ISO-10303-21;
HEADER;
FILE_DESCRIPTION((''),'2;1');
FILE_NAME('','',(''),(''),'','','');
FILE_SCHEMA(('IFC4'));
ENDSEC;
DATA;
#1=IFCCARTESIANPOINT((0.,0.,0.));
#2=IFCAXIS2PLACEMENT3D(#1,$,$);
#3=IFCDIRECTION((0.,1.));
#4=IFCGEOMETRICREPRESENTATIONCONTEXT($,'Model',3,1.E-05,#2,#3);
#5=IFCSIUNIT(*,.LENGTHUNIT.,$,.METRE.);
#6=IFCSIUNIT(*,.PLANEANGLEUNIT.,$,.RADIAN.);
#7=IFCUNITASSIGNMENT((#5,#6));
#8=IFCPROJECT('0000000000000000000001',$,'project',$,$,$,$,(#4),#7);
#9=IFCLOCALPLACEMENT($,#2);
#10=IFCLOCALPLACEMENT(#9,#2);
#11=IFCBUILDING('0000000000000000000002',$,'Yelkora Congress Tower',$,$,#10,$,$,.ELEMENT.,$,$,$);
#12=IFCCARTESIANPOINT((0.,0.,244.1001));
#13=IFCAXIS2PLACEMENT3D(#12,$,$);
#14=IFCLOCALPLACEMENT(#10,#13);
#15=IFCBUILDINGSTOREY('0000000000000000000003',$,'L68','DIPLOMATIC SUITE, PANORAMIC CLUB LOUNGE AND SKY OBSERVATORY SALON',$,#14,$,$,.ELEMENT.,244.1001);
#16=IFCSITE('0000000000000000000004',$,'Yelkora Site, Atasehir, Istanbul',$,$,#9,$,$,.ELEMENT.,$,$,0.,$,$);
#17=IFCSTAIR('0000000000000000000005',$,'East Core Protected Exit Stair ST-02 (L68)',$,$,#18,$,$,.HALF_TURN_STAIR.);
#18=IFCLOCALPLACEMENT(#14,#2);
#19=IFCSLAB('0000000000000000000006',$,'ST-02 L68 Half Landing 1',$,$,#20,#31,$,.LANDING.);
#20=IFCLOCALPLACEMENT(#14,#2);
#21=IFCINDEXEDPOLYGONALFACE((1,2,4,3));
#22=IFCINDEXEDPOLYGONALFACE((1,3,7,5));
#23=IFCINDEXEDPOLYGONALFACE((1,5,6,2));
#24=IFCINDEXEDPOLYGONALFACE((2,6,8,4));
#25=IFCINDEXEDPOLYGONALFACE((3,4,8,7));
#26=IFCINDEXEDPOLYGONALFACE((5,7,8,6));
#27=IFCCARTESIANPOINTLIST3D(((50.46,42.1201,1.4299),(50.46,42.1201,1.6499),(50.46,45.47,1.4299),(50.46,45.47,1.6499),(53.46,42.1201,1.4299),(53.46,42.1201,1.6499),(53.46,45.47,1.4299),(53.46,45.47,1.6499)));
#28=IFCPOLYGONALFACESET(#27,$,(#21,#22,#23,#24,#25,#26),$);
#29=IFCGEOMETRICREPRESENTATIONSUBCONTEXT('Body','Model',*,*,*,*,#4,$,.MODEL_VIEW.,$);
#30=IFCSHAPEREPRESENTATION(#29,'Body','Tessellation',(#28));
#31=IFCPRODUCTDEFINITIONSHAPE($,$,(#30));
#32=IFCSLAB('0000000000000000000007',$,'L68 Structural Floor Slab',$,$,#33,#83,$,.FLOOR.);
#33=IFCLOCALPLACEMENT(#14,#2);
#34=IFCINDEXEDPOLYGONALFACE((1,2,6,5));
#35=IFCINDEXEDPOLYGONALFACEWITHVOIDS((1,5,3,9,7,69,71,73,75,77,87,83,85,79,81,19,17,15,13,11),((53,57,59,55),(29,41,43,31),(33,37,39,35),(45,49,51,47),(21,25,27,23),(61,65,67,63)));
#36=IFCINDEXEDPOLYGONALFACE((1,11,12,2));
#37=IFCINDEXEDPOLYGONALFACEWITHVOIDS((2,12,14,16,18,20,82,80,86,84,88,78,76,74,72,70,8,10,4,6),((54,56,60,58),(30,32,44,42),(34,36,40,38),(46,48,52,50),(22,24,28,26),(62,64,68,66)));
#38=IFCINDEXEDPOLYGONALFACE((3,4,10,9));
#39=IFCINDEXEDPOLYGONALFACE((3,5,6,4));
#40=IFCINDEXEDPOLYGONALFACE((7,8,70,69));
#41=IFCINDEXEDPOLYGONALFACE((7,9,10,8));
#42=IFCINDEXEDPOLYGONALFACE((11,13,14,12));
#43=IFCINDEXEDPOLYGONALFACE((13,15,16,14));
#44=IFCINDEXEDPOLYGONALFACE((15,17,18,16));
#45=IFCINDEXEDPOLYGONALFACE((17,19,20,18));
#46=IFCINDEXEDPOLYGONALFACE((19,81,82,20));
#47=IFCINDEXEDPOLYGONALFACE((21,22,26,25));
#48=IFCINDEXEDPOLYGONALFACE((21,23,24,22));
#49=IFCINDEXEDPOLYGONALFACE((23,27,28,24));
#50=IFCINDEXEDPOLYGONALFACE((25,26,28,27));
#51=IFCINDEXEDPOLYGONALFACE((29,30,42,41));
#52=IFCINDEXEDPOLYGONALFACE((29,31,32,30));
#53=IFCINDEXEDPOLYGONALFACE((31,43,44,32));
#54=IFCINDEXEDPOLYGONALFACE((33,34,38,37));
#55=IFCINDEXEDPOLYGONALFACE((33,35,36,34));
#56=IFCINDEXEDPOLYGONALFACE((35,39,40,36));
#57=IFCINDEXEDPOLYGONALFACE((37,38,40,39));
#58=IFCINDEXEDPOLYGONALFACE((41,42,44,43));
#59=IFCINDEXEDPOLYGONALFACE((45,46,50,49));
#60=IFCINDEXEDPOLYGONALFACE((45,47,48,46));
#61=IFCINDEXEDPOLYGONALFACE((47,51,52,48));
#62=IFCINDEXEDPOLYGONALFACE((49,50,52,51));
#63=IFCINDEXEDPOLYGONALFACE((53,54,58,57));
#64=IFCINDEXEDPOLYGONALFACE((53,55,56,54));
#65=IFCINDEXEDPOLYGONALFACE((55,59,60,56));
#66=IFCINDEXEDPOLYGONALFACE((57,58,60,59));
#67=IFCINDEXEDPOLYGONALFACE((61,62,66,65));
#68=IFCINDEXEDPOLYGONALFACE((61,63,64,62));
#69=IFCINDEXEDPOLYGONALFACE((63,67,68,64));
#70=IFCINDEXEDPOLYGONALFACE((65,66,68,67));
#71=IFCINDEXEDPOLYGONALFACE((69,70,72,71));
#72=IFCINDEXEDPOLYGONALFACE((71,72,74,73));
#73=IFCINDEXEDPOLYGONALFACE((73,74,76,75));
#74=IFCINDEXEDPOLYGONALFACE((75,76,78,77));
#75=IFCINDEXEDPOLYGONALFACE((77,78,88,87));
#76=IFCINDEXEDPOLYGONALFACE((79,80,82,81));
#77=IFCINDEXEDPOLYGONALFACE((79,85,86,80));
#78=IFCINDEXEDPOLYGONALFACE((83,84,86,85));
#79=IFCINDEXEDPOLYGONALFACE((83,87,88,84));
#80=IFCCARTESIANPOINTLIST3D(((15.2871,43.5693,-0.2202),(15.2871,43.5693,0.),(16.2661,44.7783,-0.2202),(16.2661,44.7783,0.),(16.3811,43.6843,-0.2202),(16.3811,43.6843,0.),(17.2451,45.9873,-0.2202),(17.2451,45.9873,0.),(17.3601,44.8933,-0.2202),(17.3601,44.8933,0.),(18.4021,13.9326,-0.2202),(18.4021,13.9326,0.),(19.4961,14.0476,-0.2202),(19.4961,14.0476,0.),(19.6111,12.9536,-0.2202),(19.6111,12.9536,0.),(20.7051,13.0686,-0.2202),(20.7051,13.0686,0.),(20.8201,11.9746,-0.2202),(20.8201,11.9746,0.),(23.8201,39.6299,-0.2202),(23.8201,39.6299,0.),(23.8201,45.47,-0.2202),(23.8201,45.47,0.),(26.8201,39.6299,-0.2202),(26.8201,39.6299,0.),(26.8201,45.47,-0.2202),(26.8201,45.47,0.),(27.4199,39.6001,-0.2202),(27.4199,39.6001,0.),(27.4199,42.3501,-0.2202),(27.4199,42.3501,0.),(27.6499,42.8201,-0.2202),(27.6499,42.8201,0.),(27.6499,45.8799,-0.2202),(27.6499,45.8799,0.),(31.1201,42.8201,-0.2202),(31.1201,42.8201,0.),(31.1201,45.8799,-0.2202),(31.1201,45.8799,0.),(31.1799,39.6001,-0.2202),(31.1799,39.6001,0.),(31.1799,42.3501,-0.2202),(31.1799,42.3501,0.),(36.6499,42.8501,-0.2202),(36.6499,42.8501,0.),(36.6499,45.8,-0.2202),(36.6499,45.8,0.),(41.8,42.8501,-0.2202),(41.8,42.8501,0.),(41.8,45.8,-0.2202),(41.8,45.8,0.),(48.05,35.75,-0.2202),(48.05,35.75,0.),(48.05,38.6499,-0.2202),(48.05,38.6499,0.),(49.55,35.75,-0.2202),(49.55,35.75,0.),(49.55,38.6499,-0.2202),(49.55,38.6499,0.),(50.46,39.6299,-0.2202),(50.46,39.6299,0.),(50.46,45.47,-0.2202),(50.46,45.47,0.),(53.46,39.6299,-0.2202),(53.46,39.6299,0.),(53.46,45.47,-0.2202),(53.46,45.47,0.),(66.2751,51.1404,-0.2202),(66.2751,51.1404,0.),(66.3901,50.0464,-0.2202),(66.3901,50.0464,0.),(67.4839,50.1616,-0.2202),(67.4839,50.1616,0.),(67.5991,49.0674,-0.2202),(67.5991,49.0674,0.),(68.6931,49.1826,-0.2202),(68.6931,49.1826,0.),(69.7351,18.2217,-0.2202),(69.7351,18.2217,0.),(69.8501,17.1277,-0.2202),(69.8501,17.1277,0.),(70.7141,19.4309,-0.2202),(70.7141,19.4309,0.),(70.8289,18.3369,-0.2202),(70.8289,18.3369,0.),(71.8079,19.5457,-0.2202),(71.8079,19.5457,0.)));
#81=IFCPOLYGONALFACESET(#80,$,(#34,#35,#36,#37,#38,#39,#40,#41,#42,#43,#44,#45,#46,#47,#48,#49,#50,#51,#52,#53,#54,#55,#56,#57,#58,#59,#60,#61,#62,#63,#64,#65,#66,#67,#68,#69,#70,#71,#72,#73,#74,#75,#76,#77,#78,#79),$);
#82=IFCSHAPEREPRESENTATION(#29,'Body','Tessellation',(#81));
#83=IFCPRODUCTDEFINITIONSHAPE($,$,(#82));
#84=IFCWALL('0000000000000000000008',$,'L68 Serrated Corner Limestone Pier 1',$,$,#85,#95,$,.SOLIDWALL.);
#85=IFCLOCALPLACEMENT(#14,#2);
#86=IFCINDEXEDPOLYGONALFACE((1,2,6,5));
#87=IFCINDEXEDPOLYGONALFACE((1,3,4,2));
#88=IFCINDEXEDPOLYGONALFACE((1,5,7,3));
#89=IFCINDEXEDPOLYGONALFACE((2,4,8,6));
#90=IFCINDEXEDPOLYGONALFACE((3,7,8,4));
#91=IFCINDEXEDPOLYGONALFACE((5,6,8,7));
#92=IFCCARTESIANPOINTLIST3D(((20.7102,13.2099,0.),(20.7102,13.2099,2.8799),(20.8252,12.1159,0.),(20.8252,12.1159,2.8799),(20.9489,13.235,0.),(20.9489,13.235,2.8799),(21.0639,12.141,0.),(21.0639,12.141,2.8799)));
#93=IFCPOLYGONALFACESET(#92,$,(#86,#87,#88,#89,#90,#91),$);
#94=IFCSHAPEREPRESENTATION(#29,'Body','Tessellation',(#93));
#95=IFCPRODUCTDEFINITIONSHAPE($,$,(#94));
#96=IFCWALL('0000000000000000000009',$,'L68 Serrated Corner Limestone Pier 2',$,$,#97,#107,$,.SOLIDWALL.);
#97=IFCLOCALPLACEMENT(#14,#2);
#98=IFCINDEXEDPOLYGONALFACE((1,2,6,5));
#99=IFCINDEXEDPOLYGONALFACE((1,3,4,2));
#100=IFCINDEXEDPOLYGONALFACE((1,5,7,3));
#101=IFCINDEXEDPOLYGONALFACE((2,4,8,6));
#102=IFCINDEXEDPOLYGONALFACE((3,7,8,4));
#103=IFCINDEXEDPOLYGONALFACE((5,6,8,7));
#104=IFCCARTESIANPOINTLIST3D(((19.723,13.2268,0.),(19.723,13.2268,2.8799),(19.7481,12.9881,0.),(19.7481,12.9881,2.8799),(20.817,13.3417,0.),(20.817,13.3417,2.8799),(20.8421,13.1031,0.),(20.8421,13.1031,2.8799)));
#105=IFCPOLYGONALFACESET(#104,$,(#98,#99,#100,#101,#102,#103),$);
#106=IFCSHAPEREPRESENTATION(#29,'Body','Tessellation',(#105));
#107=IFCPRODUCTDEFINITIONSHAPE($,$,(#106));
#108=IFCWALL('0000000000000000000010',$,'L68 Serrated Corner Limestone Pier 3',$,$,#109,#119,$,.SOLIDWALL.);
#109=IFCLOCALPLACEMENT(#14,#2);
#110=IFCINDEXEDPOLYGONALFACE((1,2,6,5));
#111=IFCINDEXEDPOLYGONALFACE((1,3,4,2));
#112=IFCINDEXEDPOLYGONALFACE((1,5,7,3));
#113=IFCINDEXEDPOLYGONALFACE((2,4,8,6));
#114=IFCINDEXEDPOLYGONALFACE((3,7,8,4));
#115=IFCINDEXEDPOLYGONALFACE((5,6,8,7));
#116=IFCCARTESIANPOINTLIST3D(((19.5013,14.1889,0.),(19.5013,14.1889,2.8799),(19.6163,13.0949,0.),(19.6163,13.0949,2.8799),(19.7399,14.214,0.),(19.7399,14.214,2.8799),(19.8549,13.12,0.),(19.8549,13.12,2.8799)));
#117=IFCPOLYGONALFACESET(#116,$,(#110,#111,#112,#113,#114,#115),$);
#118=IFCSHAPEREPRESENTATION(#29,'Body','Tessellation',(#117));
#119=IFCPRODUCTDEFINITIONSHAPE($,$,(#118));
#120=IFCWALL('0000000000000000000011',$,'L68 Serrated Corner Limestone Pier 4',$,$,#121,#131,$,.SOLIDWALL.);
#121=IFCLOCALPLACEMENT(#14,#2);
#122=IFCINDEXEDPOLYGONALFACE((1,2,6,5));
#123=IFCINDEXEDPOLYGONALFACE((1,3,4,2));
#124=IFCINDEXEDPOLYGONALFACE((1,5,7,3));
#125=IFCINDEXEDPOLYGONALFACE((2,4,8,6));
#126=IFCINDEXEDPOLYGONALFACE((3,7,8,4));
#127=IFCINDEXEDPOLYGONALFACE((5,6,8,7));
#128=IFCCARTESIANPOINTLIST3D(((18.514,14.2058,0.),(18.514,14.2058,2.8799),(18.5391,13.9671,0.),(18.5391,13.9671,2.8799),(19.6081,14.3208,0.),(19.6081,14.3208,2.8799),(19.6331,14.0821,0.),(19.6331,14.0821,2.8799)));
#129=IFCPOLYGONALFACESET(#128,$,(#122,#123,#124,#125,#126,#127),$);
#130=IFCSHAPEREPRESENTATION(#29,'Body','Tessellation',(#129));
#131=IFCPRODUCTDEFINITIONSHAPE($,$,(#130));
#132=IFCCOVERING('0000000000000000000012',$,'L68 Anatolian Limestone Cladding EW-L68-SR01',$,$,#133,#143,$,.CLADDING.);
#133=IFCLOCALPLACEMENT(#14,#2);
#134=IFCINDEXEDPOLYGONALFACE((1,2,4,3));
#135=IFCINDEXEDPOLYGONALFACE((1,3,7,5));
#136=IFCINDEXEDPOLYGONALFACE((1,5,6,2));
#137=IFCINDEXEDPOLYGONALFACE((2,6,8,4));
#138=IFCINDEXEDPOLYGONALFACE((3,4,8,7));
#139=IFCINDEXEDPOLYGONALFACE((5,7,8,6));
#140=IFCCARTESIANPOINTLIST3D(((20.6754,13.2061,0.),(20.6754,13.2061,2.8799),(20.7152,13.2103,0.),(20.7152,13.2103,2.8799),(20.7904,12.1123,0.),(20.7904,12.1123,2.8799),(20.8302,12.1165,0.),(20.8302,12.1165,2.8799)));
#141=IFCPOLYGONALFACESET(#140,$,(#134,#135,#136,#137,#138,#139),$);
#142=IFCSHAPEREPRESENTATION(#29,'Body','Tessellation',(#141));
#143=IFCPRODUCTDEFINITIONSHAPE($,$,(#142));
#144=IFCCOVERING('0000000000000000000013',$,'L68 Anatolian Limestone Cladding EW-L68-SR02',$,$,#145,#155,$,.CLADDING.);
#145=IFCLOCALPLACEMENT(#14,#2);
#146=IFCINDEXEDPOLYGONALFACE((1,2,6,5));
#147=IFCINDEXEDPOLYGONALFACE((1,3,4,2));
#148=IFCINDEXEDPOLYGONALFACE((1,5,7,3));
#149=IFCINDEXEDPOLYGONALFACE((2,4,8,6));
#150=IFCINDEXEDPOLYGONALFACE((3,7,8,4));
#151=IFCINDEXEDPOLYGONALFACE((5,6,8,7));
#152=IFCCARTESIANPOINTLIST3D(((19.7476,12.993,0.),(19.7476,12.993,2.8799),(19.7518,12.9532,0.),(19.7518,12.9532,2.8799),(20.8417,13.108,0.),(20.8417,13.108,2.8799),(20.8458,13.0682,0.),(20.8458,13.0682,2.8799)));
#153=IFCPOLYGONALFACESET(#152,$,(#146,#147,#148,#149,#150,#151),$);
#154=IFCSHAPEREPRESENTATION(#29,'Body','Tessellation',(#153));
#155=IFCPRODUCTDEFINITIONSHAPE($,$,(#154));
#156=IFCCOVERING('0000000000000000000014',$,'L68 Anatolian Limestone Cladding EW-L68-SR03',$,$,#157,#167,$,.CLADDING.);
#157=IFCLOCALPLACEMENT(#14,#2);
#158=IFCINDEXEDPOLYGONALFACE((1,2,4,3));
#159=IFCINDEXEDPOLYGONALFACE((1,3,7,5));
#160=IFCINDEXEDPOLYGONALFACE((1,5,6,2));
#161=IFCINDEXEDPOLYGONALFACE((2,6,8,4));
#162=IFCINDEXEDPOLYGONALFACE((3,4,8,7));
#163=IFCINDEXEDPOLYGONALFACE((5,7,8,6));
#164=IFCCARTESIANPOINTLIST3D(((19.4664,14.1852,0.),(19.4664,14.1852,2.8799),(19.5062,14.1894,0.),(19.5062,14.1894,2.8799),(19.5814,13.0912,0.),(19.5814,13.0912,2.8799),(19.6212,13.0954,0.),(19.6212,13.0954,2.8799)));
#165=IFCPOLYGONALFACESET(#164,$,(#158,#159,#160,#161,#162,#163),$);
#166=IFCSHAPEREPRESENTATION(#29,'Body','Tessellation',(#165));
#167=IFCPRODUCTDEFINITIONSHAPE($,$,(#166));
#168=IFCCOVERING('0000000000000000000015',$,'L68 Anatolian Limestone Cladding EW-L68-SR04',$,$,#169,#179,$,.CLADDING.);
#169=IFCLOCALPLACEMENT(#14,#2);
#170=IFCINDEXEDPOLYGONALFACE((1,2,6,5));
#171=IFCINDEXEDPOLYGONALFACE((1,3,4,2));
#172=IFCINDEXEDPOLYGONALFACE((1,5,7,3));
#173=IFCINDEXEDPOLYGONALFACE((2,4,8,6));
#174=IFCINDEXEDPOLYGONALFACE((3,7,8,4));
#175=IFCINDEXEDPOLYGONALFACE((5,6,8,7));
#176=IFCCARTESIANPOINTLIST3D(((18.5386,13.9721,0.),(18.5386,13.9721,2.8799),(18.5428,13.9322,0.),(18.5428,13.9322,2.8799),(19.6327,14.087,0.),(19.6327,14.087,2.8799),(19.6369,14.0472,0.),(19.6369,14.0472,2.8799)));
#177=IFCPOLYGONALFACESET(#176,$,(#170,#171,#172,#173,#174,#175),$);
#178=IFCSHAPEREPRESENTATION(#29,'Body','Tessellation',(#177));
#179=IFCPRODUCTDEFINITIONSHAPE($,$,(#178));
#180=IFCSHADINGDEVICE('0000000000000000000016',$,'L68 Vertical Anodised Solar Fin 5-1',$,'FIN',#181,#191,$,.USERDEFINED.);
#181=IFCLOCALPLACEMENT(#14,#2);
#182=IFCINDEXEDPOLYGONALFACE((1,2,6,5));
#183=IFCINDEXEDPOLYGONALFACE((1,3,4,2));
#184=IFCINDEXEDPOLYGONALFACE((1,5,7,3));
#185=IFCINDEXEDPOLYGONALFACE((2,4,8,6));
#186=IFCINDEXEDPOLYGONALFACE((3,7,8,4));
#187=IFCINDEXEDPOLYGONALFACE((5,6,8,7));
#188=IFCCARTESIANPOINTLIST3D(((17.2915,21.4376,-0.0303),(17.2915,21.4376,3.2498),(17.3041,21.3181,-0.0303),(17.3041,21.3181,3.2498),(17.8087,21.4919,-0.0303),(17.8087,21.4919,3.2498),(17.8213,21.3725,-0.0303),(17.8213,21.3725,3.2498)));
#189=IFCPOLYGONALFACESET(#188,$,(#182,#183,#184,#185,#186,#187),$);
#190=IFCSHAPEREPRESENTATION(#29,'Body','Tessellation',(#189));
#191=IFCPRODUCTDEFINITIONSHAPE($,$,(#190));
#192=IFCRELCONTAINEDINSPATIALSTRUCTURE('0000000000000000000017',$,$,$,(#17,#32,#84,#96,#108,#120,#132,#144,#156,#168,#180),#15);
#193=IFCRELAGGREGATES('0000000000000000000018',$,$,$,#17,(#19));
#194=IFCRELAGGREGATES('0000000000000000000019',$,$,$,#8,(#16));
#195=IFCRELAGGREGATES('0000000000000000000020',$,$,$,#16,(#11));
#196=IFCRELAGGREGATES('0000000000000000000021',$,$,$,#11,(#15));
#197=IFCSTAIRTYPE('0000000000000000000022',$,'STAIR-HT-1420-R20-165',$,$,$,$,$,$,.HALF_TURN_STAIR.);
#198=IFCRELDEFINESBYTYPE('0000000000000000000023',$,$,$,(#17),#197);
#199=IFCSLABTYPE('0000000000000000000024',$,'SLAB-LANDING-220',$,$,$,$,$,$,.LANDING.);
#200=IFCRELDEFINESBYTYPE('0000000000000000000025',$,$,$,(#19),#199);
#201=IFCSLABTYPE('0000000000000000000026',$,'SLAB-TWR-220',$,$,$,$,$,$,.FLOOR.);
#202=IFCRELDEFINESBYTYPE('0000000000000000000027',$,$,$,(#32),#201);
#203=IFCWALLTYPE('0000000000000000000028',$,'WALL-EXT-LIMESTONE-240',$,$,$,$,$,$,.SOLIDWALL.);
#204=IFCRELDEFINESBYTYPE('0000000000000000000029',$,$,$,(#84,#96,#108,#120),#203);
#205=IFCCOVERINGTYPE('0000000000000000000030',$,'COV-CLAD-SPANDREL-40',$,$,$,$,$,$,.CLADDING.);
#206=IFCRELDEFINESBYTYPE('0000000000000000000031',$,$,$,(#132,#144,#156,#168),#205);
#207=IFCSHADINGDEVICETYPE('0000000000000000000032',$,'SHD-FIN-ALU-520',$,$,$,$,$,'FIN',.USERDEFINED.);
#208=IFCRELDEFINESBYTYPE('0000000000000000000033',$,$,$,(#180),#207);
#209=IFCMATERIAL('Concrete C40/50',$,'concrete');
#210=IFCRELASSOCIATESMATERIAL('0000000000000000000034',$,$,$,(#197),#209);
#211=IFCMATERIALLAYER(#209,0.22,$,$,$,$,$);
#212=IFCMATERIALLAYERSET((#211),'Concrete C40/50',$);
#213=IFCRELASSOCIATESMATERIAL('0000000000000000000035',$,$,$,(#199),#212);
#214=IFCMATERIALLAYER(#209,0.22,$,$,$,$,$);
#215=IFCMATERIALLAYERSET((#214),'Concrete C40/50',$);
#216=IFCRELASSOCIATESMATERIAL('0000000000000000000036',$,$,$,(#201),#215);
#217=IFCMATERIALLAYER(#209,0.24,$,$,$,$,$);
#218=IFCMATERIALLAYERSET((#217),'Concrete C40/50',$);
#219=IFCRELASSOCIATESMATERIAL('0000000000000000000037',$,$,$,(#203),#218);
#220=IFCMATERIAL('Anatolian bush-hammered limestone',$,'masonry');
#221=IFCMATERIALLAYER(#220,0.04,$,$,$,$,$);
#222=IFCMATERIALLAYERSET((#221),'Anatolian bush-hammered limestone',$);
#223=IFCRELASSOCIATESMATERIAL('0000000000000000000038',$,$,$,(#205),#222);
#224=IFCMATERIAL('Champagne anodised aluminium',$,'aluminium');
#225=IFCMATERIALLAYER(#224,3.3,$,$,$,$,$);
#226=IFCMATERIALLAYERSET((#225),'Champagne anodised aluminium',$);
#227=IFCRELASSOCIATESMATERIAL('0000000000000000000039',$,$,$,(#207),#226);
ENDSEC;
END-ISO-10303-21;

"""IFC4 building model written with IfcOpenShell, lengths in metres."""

from ifc_helpers import new_model, si_unit, direction, frame, frame_2d, origin, origin_2d, place, context, subcontext, project, spatial, polyline, rectangle, outline, extrude, material, layer, layer_set, type_object, element, aggregate, save


model = new_model("IFC4")

# Units and contexts
model_context = context("Model", 3, precision=1e-05, world=origin(), true_north=direction((0.0, 1.0)))
body_context = subcontext(model_context, "Body", "Model", "MODEL_VIEW")
ifc_project = project(units=[si_unit("LENGTHUNIT", "METRE"), si_unit("PLANEANGLEUNIT", "RADIAN")], contexts=[model_context])

# Site, building, storey
site_placement = place(None, origin())
site = spatial("IfcSite", under=ifc_project, at=site_placement, Name="Yelkora Site, Atasehir, Istanbul", CompositionType="ELEMENT", RefElevation=0.0)
building_placement = place(site_placement, origin())
building = spatial("IfcBuilding", under=site, at=building_placement, Name="Yelkora Congress Tower", CompositionType="ELEMENT")
storey_placement = place(building_placement, frame((0.0, 0.0, 244.1001)))
storey = spatial("IfcBuildingStorey", under=building, at=storey_placement, Name="L68", Description="DIPLOMATIC SUITE, PANORAMIC CLUB LOUNGE AND SKY OBSERVATORY SALON", CompositionType="ELEMENT", Elevation=244.1001)

# Stair, slab
ifc_material_1 = material(Name="Concrete C40/50", Category="concrete")
stair_type = type_object("IfcStairType", Name="STAIR-HT-1420-R20-165", PredefinedType="HALF_TURN_STAIR", material=ifc_material_1)
ifc_layer_1 = layer(ifc_material_1, 0.22)
ifc_layer_set_1 = layer_set([ifc_layer_1], Name="Concrete C40/50")
slab_type_1 = type_object("IfcSlabType", Name="SLAB-LANDING-220", PredefinedType="LANDING", material=ifc_layer_set_1)
stair_1_placement = place(storey_placement, origin())
stair_1 = element("IfcStair", 1, at=stair_1_placement, inside=storey, type_object=stair_type, Name="East Core Protected Exit Stair ST-02 (L68)", PredefinedType="HALF_TURN_STAIR")
slab_1_placement = place(storey_placement, frame((0.0, 0.0, 1.4299)))
slab_1 = element("IfcSlab", 2, at=slab_1_placement, type_object=slab_type_1, Name="ST-02 L68 Half Landing 1", PredefinedType="LANDING", context=body_context, shape_type="SweptSolid", body=[
    extrude(outline(polyline([(53.46, 42.1201), (53.46, 45.47), (50.46, 45.47), (50.46, 42.1201), (53.46, 42.1201)])), origin(), (0.0, 0.0, 1.0), 0.22),
])
aggregate(stair_1, [slab_1])

# Slab
ifc_layer_2 = layer(ifc_material_1, 0.22)
ifc_layer_set_2 = layer_set([ifc_layer_2], Name="Concrete C40/50")
slab_type_2 = type_object("IfcSlabType", Name="SLAB-TWR-220", PredefinedType="FLOOR", material=ifc_layer_set_2)
slab_2_placement = place(storey_placement, frame((0.0, 0.0, -0.2202)))
element("IfcSlab", 3, at=slab_2_placement, inside=storey, type_object=slab_type_2, Name="L68 Structural Floor Slab", PredefinedType="FLOOR", context=body_context, shape_type="SweptSolid", body=[
    extrude(outline(polyline([(20.8201, 11.9746), (69.8501, 17.1277), (69.7351, 18.2217), (70.8289, 18.3369), (70.7141, 19.4309), (71.8079, 19.5457), (68.6931, 49.1826), (67.5991, 49.0674), (67.4839, 50.1616), (66.3901, 50.0464), (66.2751, 51.1404), (17.2451, 45.9873), (17.3601, 44.8933), (16.2661, 44.7783), (16.3811, 43.6843), (15.2871, 43.5693), (18.4021, 13.9326), (19.4961, 14.0476), (19.6111, 12.9536), (20.7051, 13.0686), (20.8201, 11.9746)]), holes=[polyline([(23.8201, 39.6299), (26.8201, 39.6299), (26.8201, 45.47), (23.8201, 45.47), (23.8201, 39.6299)]), polyline([(50.46, 39.6299), (53.46, 39.6299), (53.46, 45.47), (50.46, 45.47), (50.46, 39.6299)]), polyline([(48.05, 35.75), (49.55, 35.75), (49.55, 38.6499), (48.05, 38.6499), (48.05, 35.75)]), polyline([(36.6499, 42.8501), (41.8, 42.8501), (41.8, 45.8), (36.6499, 45.8), (36.6499, 42.8501)]), polyline([(27.4199, 39.6001), (31.1799, 39.6001), (31.1799, 42.3501), (27.4199, 42.3501), (27.4199, 39.6001)]), polyline([(27.6499, 42.8201), (31.1201, 42.8201), (31.1201, 45.8799), (27.6499, 45.8799), (27.6499, 42.8201)])]), origin(), (0.0, 0.0, 1.0), 0.2202),
])

# Walls
ifc_layer_3 = layer(ifc_material_1, 0.24)
ifc_layer_set_3 = layer_set([ifc_layer_3], Name="Concrete C40/50")
wall_type = type_object("IfcWallType", Name="WALL-EXT-LIMESTONE-240", PredefinedType="SOLIDWALL", material=ifc_layer_set_3)
for number, where, z_axis, x_axis, name in (
    (4, (20.9446, 12.1284, 0.0), (0.0, 0.0, 1.0), (-0.104535, 0.994521, 0.0), "L68 Serrated Corner Limestone Pier 1"),
    (5, (20.8296, 13.2224, 0.0), (0.0, 0.0, 1.0), (-0.994521, -0.104535, 0.0), "L68 Serrated Corner Limestone Pier 2"),
    (6, (19.7356, 13.1074, 0.0), (0.0, 0.0, 1.0), (-0.104535, 0.994521, 0.0), "L68 Serrated Corner Limestone Pier 3"),
    (7, (19.6206, 14.2014, 0.0), (0.0, 0.0, 1.0), (-0.994521, -0.104535, 0.0), "L68 Serrated Corner Limestone Pier 4"),
):
    element("IfcWall", number, at=place(storey_placement, frame(where, z_axis=z_axis, x_axis=x_axis)), inside=storey, type_object=wall_type, Name=name, PredefinedType="SOLIDWALL", context=body_context, shape_type="SweptSolid", body=[
        extrude(rectangle(XDim=1.1001, YDim=0.24, at=frame_2d((0.55, 0.0))), origin(), (0.0, 0.0, 1.0), 2.8799),
    ])

# Coverings
ifc_material_2 = material(Name="Anatolian bush-hammered limestone", Category="masonry")
ifc_layer_4 = layer(ifc_material_2, 0.04)
ifc_layer_set_4 = layer_set([ifc_layer_4], Name="Anatolian bush-hammered limestone")
covering_type = type_object("IfcCoveringType", Name="COV-CLAD-SPANDREL-40", PredefinedType="CLADDING", material=ifc_layer_set_4)
covering_placement = place(storey_placement, frame((20.8103, 12.1145, 0.0), z_axis=(0.0, 0.0, 1.0), x_axis=(-0.104558, 0.994519, 0.0)))
element("IfcCovering", 8, at=covering_placement, inside=storey, type_object=covering_type, Name="L68 Anatolian Limestone Cladding EW-L68-SR01", PredefinedType="CLADDING", context=body_context, shape_type="SweptSolid", body=[
    extrude(rectangle(XDim=1.0999, YDim=0.04, at=frame_2d((0.5498, 0.0))), origin(), (0.0, 0.0, 1.0), 2.8799),
])
for number, where, z_axis, x_axis, name in (
    (9, (20.8438, 13.0881, 0.0), (0.0, 0.0, 1.0), (-0.994521, -0.104535, 0.0), "L68 Anatolian Limestone Cladding EW-L68-SR02"),
    (10, (19.6013, 13.0933, 0.0), (0.0, 0.0, 1.0), (-0.104535, 0.994521, 0.0), "L68 Anatolian Limestone Cladding EW-L68-SR03"),
    (11, (19.6348, 14.0671, 0.0), (0.0, 0.0, 1.0), (-0.994521, -0.104535, 0.0), "L68 Anatolian Limestone Cladding EW-L68-SR04"),
):
    element("IfcCovering", number, at=place(storey_placement, frame(where, z_axis=z_axis, x_axis=x_axis)), inside=storey, type_object=covering_type, Name=name, PredefinedType="CLADDING", context=body_context, shape_type="SweptSolid", body=[
        extrude(rectangle(XDim=1.1001, YDim=0.04, at=frame_2d((0.55, 0.0))), origin(), (0.0, 0.0, 1.0), 2.8799),
    ])

# Shading device
ifc_material_3 = material(Name="Champagne anodised aluminium", Category="aluminium")
ifc_layer_5 = layer(ifc_material_3, 3.3)
ifc_layer_set_5 = layer_set([ifc_layer_5], Name="Champagne anodised aluminium")
shading_device_type = type_object("IfcShadingDeviceType", Name="SHD-FIN-ALU-520", ElementType="FIN", PredefinedType="USERDEFINED", material=ifc_layer_set_5)
shading_device_placement = place(storey_placement, frame((17.5564, 21.405, -0.0303), z_axis=(0.0, 0.0, 1.0), x_axis=(-0.104528, 0.994522, 0.0)))
element("IfcShadingDevice", 12, at=shading_device_placement, inside=storey, type_object=shading_device_type, Name="L68 Vertical Anodised Solar Fin 5-1", ObjectType="FIN", PredefinedType="USERDEFINED", context=body_context, shape_type="SweptSolid", body=[
    extrude(rectangle(XDim=0.1201, YDim=0.52, at=origin_2d()), origin(), (0.0, 0.0, 1.0), 3.28),
])

save(model, "model.ifc")
